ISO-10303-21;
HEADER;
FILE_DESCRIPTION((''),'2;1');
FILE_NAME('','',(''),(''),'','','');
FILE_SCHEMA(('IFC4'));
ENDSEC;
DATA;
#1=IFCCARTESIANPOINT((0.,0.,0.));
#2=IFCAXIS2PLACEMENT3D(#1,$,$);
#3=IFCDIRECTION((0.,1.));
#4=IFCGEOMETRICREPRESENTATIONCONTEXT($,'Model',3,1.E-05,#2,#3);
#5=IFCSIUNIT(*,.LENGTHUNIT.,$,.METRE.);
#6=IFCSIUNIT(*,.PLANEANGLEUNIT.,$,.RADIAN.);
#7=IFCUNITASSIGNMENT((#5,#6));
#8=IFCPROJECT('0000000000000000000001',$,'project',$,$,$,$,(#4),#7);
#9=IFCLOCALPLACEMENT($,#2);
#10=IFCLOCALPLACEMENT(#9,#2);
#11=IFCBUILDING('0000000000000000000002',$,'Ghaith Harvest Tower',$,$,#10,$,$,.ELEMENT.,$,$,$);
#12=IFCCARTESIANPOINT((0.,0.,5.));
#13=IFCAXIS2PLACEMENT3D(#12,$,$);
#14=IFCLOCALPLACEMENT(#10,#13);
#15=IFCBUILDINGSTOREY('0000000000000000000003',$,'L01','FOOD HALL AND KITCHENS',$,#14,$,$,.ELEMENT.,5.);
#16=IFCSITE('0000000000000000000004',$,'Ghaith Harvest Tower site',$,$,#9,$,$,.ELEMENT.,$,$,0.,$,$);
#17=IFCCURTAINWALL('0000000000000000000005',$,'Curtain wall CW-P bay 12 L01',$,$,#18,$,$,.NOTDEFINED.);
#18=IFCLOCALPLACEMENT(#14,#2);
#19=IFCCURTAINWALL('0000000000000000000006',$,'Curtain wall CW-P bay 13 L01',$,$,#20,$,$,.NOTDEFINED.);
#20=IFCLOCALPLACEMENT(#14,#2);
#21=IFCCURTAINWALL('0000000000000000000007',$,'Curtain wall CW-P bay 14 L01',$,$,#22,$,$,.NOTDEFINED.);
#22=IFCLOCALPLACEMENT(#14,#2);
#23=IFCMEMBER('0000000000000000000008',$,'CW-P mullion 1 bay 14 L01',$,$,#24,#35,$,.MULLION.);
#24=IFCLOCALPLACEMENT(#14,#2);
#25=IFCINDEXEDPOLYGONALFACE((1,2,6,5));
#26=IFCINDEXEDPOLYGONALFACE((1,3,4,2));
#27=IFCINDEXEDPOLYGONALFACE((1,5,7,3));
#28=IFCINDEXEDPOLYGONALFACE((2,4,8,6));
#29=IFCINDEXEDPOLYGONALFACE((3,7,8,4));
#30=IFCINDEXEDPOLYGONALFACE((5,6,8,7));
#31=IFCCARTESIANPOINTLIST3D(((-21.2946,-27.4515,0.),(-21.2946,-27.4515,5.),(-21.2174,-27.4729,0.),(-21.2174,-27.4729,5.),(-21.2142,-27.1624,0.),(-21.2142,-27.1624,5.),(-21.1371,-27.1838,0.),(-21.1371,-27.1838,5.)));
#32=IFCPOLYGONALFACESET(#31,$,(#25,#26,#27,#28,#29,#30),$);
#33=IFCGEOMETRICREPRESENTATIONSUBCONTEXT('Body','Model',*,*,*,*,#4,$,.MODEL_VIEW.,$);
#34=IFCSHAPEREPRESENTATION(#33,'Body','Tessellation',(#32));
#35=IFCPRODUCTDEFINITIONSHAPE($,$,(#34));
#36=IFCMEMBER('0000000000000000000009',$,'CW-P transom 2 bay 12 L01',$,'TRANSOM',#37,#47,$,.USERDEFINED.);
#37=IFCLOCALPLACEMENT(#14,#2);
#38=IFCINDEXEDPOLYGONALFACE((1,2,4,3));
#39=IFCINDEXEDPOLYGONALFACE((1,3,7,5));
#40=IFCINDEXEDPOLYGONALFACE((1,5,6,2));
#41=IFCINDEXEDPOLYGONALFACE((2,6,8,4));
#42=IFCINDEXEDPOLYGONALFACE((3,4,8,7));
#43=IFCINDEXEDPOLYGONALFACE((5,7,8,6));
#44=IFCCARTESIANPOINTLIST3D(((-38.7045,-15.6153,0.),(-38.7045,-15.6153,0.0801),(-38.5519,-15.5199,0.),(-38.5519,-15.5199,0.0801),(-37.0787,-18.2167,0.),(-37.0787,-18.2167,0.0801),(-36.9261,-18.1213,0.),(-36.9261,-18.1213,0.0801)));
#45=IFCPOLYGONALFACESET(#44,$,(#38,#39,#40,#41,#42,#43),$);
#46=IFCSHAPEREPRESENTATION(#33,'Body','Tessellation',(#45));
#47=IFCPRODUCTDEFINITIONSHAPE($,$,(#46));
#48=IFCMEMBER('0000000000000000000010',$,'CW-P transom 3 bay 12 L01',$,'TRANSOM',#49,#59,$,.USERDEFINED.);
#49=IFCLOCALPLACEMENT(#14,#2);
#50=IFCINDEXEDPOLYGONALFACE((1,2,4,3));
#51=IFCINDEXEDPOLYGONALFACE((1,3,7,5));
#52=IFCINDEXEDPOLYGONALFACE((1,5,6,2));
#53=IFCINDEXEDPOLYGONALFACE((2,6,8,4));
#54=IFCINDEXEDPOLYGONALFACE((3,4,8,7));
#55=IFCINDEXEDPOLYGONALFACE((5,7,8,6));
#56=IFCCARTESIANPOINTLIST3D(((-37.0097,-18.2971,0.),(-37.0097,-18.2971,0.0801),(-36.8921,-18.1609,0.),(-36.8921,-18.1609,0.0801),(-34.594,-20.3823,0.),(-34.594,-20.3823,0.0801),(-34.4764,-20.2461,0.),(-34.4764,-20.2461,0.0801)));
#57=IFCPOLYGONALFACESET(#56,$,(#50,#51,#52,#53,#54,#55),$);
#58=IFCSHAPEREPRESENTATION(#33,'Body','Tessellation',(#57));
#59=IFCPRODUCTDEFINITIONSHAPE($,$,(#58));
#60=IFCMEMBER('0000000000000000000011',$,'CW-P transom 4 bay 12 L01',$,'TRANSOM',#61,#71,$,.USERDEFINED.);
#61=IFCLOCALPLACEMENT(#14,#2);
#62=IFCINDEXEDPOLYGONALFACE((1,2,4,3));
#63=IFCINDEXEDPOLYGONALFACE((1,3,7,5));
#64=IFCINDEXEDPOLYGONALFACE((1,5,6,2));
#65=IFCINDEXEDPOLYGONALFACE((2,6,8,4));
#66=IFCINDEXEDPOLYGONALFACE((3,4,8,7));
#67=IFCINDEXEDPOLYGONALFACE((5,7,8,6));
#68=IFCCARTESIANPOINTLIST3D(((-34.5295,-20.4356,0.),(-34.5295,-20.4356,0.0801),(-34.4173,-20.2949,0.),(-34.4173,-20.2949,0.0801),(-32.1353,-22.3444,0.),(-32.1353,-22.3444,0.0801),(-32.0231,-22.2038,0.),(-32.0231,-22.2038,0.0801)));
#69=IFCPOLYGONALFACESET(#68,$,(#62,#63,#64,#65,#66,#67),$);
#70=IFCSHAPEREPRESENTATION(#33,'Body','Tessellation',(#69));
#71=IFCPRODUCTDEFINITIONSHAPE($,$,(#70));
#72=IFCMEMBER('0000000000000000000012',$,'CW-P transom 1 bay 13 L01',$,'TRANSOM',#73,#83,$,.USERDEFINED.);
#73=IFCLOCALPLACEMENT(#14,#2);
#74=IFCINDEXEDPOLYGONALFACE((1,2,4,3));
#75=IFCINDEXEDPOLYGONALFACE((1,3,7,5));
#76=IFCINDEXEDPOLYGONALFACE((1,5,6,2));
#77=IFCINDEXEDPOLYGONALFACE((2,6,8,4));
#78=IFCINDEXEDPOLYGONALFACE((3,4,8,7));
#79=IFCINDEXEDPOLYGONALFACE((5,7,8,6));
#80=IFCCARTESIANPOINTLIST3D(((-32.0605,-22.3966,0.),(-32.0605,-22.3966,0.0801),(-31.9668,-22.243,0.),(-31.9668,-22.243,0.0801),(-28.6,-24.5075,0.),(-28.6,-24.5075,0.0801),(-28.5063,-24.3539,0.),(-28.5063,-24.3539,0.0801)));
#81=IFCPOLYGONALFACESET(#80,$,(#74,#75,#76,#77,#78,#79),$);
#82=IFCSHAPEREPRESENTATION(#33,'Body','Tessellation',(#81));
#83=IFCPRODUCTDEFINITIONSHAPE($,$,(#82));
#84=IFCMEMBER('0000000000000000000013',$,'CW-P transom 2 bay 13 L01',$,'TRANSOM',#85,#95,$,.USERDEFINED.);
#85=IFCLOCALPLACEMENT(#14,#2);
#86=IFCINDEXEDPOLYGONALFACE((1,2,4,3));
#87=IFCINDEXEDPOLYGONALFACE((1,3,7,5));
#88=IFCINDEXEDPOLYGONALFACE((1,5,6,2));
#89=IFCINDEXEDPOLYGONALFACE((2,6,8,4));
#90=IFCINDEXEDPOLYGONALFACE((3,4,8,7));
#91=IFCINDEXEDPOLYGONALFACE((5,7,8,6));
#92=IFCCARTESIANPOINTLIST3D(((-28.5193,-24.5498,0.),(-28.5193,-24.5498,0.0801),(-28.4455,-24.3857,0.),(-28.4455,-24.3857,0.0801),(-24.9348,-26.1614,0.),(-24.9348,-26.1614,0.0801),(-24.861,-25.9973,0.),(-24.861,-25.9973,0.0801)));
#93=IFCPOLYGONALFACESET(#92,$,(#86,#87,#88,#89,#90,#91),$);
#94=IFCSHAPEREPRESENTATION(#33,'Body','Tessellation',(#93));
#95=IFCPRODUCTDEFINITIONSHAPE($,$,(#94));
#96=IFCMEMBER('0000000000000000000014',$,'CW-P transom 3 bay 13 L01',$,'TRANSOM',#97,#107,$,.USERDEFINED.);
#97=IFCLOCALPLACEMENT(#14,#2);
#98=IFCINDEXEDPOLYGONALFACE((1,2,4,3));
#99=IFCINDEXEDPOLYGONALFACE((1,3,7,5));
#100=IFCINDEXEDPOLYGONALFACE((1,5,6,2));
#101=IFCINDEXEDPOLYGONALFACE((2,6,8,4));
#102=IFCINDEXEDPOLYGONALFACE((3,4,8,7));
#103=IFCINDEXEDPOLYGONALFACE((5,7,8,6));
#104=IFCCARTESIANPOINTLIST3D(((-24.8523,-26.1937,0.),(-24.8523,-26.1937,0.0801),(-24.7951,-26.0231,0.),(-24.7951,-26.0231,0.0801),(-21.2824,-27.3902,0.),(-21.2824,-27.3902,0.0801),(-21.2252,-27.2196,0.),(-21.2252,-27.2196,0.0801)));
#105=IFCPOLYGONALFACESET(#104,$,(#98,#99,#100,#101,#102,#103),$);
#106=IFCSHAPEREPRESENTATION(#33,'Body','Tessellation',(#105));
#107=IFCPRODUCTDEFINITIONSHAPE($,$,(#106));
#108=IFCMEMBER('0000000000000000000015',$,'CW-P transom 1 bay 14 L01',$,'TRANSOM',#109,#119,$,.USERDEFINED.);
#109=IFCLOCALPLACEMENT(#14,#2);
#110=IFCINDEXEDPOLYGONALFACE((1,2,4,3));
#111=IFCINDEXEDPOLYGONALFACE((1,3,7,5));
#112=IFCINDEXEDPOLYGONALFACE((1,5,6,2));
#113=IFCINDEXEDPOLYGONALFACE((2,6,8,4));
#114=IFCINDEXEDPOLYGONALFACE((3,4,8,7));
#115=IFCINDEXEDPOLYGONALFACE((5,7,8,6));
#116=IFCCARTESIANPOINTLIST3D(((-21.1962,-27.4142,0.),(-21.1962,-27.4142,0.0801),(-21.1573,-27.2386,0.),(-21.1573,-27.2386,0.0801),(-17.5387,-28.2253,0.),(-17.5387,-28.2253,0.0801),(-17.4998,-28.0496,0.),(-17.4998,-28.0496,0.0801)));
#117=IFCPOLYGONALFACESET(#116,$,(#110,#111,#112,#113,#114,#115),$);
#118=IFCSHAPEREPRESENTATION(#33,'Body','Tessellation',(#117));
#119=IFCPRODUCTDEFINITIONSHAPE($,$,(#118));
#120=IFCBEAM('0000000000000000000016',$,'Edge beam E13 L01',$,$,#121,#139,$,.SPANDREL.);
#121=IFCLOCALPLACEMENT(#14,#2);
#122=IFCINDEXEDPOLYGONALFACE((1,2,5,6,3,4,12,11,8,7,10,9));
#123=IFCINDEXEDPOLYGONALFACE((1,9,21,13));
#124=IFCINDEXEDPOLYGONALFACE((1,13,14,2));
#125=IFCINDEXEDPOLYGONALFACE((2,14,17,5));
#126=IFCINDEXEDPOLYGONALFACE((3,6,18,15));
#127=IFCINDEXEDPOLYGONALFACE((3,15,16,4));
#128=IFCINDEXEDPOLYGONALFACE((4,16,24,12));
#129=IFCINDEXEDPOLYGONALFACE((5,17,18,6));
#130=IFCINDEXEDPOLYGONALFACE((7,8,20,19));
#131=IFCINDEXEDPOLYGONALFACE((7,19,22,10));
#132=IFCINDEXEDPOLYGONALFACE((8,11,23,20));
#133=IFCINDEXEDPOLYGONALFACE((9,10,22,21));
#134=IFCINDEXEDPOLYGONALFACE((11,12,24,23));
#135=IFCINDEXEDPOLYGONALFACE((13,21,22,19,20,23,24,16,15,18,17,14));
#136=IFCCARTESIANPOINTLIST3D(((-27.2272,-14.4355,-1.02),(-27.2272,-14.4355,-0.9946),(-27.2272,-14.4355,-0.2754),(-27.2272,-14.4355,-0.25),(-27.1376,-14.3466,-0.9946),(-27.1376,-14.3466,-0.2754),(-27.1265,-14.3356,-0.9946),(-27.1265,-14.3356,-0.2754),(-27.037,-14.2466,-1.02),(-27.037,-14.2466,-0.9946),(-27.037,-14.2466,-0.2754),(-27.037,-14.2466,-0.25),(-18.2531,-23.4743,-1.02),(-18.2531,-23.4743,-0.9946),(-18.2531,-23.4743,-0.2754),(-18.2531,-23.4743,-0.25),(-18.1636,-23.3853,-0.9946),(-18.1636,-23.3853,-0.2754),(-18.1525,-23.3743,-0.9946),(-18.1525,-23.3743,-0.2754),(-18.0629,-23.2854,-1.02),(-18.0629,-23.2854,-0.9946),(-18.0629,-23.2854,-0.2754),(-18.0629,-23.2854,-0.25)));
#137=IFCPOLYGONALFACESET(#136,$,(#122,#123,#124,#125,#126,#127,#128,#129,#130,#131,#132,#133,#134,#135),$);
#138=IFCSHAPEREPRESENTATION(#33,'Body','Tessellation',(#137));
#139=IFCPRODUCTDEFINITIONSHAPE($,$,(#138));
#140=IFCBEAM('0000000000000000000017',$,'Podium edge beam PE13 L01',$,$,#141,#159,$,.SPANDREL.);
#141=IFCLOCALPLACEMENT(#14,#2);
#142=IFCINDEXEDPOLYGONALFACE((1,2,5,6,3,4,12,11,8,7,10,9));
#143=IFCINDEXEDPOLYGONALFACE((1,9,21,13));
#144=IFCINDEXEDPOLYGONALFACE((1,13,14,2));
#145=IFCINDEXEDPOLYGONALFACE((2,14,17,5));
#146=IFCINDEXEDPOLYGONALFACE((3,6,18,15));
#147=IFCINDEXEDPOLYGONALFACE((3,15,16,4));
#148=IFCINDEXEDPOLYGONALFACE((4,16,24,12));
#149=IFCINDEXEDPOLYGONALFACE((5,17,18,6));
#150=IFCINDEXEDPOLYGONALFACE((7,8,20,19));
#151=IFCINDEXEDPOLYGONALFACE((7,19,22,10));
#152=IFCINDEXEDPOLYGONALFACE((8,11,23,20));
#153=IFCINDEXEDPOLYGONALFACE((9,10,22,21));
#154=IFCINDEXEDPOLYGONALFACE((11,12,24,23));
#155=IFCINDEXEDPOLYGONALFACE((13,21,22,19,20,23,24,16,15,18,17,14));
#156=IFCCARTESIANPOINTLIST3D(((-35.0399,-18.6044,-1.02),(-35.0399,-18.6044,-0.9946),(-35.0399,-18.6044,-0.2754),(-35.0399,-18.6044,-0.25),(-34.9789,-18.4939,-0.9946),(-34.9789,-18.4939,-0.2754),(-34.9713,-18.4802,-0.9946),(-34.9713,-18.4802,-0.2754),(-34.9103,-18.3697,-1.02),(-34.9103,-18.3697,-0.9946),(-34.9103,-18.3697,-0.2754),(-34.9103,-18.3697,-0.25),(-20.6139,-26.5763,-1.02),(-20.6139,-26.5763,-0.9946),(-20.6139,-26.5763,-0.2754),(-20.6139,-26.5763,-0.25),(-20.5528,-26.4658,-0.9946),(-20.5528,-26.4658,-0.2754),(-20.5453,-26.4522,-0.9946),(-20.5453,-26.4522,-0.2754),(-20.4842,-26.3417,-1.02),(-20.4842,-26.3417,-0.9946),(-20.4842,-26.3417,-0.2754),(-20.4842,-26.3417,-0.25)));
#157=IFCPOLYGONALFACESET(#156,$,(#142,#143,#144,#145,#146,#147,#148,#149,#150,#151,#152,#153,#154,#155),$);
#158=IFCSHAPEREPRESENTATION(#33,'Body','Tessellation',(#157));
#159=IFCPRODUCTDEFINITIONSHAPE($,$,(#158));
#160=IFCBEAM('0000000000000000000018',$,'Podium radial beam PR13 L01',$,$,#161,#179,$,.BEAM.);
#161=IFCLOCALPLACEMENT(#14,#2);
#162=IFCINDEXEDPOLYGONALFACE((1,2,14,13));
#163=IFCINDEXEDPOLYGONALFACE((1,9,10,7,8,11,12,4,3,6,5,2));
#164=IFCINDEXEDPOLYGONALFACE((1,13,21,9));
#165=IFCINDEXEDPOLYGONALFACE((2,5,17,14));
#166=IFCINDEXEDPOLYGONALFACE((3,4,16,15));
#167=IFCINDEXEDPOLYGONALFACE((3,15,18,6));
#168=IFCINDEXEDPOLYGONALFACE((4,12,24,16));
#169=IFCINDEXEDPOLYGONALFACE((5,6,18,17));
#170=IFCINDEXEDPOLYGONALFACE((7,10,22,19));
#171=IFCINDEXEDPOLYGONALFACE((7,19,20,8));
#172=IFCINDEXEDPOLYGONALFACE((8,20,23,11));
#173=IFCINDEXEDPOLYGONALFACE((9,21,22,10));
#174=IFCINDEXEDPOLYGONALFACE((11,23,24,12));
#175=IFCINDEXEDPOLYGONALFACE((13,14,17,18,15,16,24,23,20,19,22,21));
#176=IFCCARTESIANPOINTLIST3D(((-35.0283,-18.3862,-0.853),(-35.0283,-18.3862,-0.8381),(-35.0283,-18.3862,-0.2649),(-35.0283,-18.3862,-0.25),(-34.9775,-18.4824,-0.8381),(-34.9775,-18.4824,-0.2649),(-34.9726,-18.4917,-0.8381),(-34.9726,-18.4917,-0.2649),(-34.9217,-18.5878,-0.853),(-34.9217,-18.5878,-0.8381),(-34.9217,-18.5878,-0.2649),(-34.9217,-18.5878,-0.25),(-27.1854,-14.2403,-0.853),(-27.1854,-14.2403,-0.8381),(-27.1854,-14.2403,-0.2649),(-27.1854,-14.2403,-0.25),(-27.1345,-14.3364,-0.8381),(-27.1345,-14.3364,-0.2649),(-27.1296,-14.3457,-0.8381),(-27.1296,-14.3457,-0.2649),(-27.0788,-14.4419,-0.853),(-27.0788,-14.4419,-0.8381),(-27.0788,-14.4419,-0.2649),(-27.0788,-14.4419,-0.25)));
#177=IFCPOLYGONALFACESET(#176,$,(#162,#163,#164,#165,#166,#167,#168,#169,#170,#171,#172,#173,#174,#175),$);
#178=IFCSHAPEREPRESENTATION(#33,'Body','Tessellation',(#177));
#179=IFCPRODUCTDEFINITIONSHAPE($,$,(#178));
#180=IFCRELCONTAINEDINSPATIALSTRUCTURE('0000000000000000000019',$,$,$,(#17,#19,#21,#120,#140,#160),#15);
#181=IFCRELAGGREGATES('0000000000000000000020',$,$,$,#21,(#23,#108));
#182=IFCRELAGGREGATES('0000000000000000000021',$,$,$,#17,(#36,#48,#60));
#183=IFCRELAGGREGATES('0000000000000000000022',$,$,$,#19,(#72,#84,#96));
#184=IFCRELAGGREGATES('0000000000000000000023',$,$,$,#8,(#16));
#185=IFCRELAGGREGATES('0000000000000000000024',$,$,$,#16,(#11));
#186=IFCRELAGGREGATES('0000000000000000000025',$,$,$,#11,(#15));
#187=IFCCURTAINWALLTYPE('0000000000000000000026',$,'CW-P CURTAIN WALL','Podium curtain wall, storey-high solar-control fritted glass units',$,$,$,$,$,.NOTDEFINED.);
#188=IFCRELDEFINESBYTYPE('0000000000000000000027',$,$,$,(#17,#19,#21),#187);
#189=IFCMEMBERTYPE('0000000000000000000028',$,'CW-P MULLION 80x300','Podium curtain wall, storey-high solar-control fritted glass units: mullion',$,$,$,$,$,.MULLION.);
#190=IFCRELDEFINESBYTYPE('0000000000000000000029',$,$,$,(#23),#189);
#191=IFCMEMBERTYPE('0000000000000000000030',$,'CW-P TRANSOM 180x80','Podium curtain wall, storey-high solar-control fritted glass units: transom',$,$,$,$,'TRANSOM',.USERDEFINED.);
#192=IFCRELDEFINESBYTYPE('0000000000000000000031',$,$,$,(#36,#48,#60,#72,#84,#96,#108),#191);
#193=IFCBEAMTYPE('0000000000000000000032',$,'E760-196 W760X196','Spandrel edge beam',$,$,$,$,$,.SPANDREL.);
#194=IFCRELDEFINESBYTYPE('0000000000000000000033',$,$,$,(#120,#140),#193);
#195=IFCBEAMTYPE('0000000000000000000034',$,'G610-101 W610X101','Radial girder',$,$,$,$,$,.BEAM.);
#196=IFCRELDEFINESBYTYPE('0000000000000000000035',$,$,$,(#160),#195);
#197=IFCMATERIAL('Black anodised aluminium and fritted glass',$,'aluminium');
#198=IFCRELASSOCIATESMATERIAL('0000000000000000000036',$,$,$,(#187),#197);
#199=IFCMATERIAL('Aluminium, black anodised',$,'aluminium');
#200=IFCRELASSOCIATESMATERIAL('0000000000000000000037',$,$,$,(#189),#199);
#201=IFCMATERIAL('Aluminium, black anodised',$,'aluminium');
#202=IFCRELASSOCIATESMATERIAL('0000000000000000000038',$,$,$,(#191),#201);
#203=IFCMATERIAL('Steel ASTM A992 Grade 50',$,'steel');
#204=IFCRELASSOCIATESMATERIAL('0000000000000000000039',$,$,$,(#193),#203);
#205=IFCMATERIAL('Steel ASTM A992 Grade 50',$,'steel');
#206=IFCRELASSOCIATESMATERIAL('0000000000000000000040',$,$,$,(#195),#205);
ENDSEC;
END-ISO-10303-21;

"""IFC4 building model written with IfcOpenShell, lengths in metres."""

from ifc_helpers import new_model, si_unit, direction, frame, origin, origin_2d, place, context, subcontext, project, spatial, rectangle, i_section, extrude, material, material_profile, profile_set, type_object, element, aggregate, save


model = new_model("IFC4")

# Units and contexts
model_context = context("Model", 3, precision=1e-05, world=origin(), true_north=direction((0.0, 1.0)))
body_context = subcontext(model_context, "Body", "Model", "MODEL_VIEW")
ifc_project = project(units=[si_unit("LENGTHUNIT", "METRE"), si_unit("PLANEANGLEUNIT", "RADIAN")], contexts=[model_context])

# Site, building, storey
site_placement = place(None, origin())
site = spatial("IfcSite", under=ifc_project, at=site_placement, Name="Ghaith Harvest Tower site", CompositionType="ELEMENT", RefElevation=0.0)
building_placement = place(site_placement, origin())
building = spatial("IfcBuilding", under=site, at=building_placement, Name="Ghaith Harvest Tower", CompositionType="ELEMENT")
storey_placement = place(building_placement, frame((0.0, 0.0, 5.0)))
storey = spatial("IfcBuildingStorey", under=building, at=storey_placement, Name="L01", Description="FOOD HALL AND KITCHENS", CompositionType="ELEMENT", Elevation=5.0)

# Curtain walls
ifc_material_1 = material(Name="Black anodised aluminium and fritted glass", Category="aluminium")
curtain_wall_type = type_object("IfcCurtainWallType", Name="CW-P CURTAIN WALL", Description="Podium curtain wall, storey-high solar-control fritted glass units", PredefinedType="NOTDEFINED", material=ifc_material_1)
curtain_wall_1_placement = place(storey_placement, origin())
curtain_wall_1 = element("IfcCurtainWall", 1, at=curtain_wall_1_placement, inside=storey, type_object=curtain_wall_type, Name="Curtain wall CW-P bay 12 L01", PredefinedType="NOTDEFINED")
ifc_material_2 = material(Name="Aluminium, black anodised", Category="aluminium")
ifc_material_profile_1 = material_profile(ifc_material_2, rectangle(XDim=0.0801, YDim=0.3, at=origin_2d()), Name="CW-P MULLION 80x300")
ifc_profile_set_1 = profile_set([ifc_material_profile_1], Name="Aluminium, black anodised")
member_type_1 = type_object("IfcMemberType", Name="CW-P MULLION 80x300", Description="Podium curtain wall, storey-high solar-control fritted glass units: mullion", PredefinedType="MULLION", material=ifc_profile_set_1)
curtain_wall_2_placement = place(storey_placement, origin())
curtain_wall_2 = element("IfcCurtainWall", 2, at=curtain_wall_2_placement, inside=storey, type_object=curtain_wall_type, Name="Curtain wall CW-P bay 13 L01", PredefinedType="NOTDEFINED")

# Curtain wall, member
curtain_wall_3_placement = place(storey_placement, origin())
curtain_wall_3 = element("IfcCurtainWall", 3, at=curtain_wall_3_placement, inside=storey, type_object=curtain_wall_type, Name="Curtain wall CW-P bay 14 L01", PredefinedType="NOTDEFINED")
member_1_placement = place(storey_placement, frame((-21.2158, -27.3176, 0.0), z_axis=(0.0, 0.0, 1.0), x_axis=(0.963516, -0.267652, 0.0)))
member_1 = element("IfcMember", 4, at=member_1_placement, type_object=member_type_1, Name="CW-P mullion 1 bay 14 L01", PredefinedType="MULLION", context=body_context, shape_type="SweptSolid", body=[
    extrude(rectangle(XDim=0.0801, YDim=0.3, at=origin_2d()), origin(), (0.0, 0.0, 1.0), 5.0),
])

# Members
ifc_material_3 = material(Name="Aluminium, black anodised", Category="aluminium")
ifc_material_profile_2 = material_profile(ifc_material_3, rectangle(XDim=0.1799, YDim=0.0801, at=origin_2d()), Name="CW-P TRANSOM 180x80")
ifc_profile_set_2 = profile_set([ifc_material_profile_2], Name="Aluminium, black anodised")
member_type_2 = type_object("IfcMemberType", Name="CW-P TRANSOM 180x80", Description="Podium curtain wall, storey-high solar-control fritted glass units: transom", ElementType="TRANSOM", PredefinedType="USERDEFINED", material=ifc_profile_set_2)
member_2_placement = place(storey_placement, frame((-38.6282, -15.5676, 0.04), z_axis=(0.529977, -0.848012, 0.0), x_axis=(0.848012, 0.529977, 0.0)))
member_2 = element("IfcMember", 5, at=member_2_placement, type_object=member_type_2, Name="CW-P transom 2 bay 12 L01", ObjectType="TRANSOM", PredefinedType="USERDEFINED", context=body_context, shape_type="SweptSolid", body=[
    extrude(rectangle(XDim=0.1799, YDim=0.0801, at=origin_2d()), origin(), (0.0, 0.0, 1.0), 3.0676),
])
member_3_placement = place(storey_placement, frame((-36.9509, -18.229, 0.04), z_axis=(0.757, -0.653415, 0.0), x_axis=(0.653415, 0.757, 0.0)))
member_3 = element("IfcMember", 6, at=member_3_placement, type_object=member_type_2, Name="CW-P transom 3 bay 12 L01", ObjectType="TRANSOM", PredefinedType="USERDEFINED", context=body_context, shape_type="SweptSolid", body=[
    extrude(rectangle(XDim=0.1799, YDim=0.0801, at=origin_2d()), origin(), (0.0, 0.0, 1.0), 3.1912),
])
member_4_placement = place(storey_placement, frame((-34.4734, -20.3652, 0.04), z_axis=(0.781902, -0.623401, 0.0), x_axis=(0.623401, 0.781902, 0.0)))
member_4 = element("IfcMember", 7, at=member_4_placement, type_object=member_type_2, Name="CW-P transom 4 bay 12 L01", ObjectType="TRANSOM", PredefinedType="USERDEFINED", context=body_context, shape_type="SweptSolid", body=[
    extrude(rectangle(XDim=0.1799, YDim=0.0801, at=origin_2d()), origin(), (0.0, 0.0, 1.0), 3.062),
])
member_5_placement = place(storey_placement, frame((-32.0137, -22.3198, 0.04), z_axis=(0.853707, -0.520753, 0.0), x_axis=(0.520753, 0.853707, 0.0)))
member_5 = element("IfcMember", 8, at=member_5_placement, type_object=member_type_2, Name="CW-P transom 1 bay 13 L01", ObjectType="TRANSOM", PredefinedType="USERDEFINED", context=body_context, shape_type="SweptSolid", body=[
    extrude(rectangle(XDim=0.1799, YDim=0.0801, at=origin_2d()), origin(), (0.0, 0.0, 1.0), 4.0535),
])
member_6_placement = place(storey_placement, frame((-28.4824, -24.4678, 0.04), z_axis=(0.912059, -0.41006, 0.0), x_axis=(0.41006, 0.912059, 0.0)))
member_6 = element("IfcMember", 9, at=member_6_placement, type_object=member_type_2, Name="CW-P transom 2 bay 13 L01", ObjectType="TRANSOM", PredefinedType="USERDEFINED", context=body_context, shape_type="SweptSolid", body=[
    extrude(rectangle(XDim=0.1799, YDim=0.0801, at=origin_2d()), origin(), (0.0, 0.0, 1.0), 3.9302),
])
member_7_placement = place(storey_placement, frame((-24.8237, -26.1084, 0.04), z_axis=(0.948163, -0.317784, 0.0), x_axis=(0.317784, 0.948163, 0.0)))
member_7 = element("IfcMember", 10, at=member_7_placement, type_object=member_type_2, Name="CW-P transom 3 bay 13 L01", ObjectType="TRANSOM", PredefinedType="USERDEFINED", context=body_context, shape_type="SweptSolid", body=[
    extrude(rectangle(XDim=0.1799, YDim=0.0801, at=origin_2d()), origin(), (0.0, 0.0, 1.0), 3.7651),
])
member_8_placement = place(storey_placement, frame((-21.1768, -27.3264, 0.04), z_axis=(0.976285, -0.216489, 0.0), x_axis=(0.216489, 0.976285, 0.0)))
member_8 = element("IfcMember", 11, at=member_8_placement, type_object=member_type_2, Name="CW-P transom 1 bay 14 L01", ObjectType="TRANSOM", PredefinedType="USERDEFINED", context=body_context, shape_type="SweptSolid", body=[
    extrude(rectangle(XDim=0.1799, YDim=0.0801, at=origin_2d()), origin(), (0.0, 0.0, 1.0), 3.7463),
])
aggregate(curtain_wall_3, [member_1, member_8])

# Beams
ifc_material_4 = material(Name="Steel ASTM A992 Grade 50", Category="steel")
ifc_material_profile_3 = material_profile(ifc_material_4, i_section(OverallWidth=0.2681, OverallDepth=0.77, WebThickness=0.0156, FlangeThickness=0.0254, at=origin_2d()), Name="W760X196")
ifc_profile_set_3 = profile_set([ifc_material_profile_3], Name="Steel ASTM A992 Grade 50")
beam_type_1 = type_object("IfcBeamType", Name="E760-196 W760X196", Description="Spandrel edge beam", PredefinedType="SPANDREL", material=ifc_profile_set_3)
beam_1_placement = place(storey_placement, frame((-27.1321, -14.3411, -0.635), z_axis=(0.704563, -0.709642, 0.0), x_axis=(0.709642, 0.704563, 0.0)))
element("IfcBeam", 12, at=beam_1_placement, inside=storey, type_object=beam_type_1, Name="Edge beam E13 L01", PredefinedType="SPANDREL", context=body_context, shape_type="SweptSolid", body=[
    extrude(i_section(OverallWidth=0.2681, OverallDepth=0.77, WebThickness=0.0156, FlangeThickness=0.0254, at=origin_2d()), origin(), (0.0, 0.0, 1.0), 12.7371),
])
beam_2_placement = place(storey_placement, frame((-34.9751, -18.4871, -0.635), z_axis=(0.875251, -0.48367, 0.0), x_axis=(0.48367, 0.875251, 0.0)))
element("IfcBeam", 13, at=beam_2_placement, inside=storey, type_object=beam_type_1, Name="Podium edge beam PE13 L01", PredefinedType="SPANDREL", context=body_context, shape_type="SweptSolid", body=[
    extrude(i_section(OverallWidth=0.2681, OverallDepth=0.77, WebThickness=0.0156, FlangeThickness=0.0254, at=origin_2d()), origin(), (0.0, 0.0, 1.0), 16.4822),
])
ifc_material_5 = material(Name="Steel ASTM A992 Grade 50", Category="steel")
ifc_material_profile_4 = material_profile(ifc_material_5, i_section(OverallWidth=0.228, OverallDepth=0.603, WebThickness=0.0105, FlangeThickness=0.0149, at=origin_2d()), Name="W610X101")
ifc_profile_set_4 = profile_set([ifc_material_profile_4], Name="Steel ASTM A992 Grade 50")
beam_type_2 = type_object("IfcBeamType", Name="G610-101 W610X101", Description="Radial girder", PredefinedType="BEAM", material=ifc_profile_set_4)
beam_3_placement = place(storey_placement, frame((-27.1321, -14.3411, -0.5515), z_axis=(-0.884076, -0.467343, 0.0), x_axis=(0.467343, -0.884076, 0.0)))
element("IfcBeam", 14, at=beam_3_placement, inside=storey, type_object=beam_type_2, Name="Podium radial beam PR13 L01", PredefinedType="BEAM", context=body_context, shape_type="SweptSolid", body=[
    extrude(i_section(OverallWidth=0.228, OverallDepth=0.603, WebThickness=0.0105, FlangeThickness=0.0149, at=origin_2d()), origin(), (0.0, 0.0, 1.0), 8.8713),
])

aggregate(curtain_wall_1, [member_2, member_3, member_4])
aggregate(curtain_wall_2, [member_5, member_6, member_7])

save(model, "model.ifc")
